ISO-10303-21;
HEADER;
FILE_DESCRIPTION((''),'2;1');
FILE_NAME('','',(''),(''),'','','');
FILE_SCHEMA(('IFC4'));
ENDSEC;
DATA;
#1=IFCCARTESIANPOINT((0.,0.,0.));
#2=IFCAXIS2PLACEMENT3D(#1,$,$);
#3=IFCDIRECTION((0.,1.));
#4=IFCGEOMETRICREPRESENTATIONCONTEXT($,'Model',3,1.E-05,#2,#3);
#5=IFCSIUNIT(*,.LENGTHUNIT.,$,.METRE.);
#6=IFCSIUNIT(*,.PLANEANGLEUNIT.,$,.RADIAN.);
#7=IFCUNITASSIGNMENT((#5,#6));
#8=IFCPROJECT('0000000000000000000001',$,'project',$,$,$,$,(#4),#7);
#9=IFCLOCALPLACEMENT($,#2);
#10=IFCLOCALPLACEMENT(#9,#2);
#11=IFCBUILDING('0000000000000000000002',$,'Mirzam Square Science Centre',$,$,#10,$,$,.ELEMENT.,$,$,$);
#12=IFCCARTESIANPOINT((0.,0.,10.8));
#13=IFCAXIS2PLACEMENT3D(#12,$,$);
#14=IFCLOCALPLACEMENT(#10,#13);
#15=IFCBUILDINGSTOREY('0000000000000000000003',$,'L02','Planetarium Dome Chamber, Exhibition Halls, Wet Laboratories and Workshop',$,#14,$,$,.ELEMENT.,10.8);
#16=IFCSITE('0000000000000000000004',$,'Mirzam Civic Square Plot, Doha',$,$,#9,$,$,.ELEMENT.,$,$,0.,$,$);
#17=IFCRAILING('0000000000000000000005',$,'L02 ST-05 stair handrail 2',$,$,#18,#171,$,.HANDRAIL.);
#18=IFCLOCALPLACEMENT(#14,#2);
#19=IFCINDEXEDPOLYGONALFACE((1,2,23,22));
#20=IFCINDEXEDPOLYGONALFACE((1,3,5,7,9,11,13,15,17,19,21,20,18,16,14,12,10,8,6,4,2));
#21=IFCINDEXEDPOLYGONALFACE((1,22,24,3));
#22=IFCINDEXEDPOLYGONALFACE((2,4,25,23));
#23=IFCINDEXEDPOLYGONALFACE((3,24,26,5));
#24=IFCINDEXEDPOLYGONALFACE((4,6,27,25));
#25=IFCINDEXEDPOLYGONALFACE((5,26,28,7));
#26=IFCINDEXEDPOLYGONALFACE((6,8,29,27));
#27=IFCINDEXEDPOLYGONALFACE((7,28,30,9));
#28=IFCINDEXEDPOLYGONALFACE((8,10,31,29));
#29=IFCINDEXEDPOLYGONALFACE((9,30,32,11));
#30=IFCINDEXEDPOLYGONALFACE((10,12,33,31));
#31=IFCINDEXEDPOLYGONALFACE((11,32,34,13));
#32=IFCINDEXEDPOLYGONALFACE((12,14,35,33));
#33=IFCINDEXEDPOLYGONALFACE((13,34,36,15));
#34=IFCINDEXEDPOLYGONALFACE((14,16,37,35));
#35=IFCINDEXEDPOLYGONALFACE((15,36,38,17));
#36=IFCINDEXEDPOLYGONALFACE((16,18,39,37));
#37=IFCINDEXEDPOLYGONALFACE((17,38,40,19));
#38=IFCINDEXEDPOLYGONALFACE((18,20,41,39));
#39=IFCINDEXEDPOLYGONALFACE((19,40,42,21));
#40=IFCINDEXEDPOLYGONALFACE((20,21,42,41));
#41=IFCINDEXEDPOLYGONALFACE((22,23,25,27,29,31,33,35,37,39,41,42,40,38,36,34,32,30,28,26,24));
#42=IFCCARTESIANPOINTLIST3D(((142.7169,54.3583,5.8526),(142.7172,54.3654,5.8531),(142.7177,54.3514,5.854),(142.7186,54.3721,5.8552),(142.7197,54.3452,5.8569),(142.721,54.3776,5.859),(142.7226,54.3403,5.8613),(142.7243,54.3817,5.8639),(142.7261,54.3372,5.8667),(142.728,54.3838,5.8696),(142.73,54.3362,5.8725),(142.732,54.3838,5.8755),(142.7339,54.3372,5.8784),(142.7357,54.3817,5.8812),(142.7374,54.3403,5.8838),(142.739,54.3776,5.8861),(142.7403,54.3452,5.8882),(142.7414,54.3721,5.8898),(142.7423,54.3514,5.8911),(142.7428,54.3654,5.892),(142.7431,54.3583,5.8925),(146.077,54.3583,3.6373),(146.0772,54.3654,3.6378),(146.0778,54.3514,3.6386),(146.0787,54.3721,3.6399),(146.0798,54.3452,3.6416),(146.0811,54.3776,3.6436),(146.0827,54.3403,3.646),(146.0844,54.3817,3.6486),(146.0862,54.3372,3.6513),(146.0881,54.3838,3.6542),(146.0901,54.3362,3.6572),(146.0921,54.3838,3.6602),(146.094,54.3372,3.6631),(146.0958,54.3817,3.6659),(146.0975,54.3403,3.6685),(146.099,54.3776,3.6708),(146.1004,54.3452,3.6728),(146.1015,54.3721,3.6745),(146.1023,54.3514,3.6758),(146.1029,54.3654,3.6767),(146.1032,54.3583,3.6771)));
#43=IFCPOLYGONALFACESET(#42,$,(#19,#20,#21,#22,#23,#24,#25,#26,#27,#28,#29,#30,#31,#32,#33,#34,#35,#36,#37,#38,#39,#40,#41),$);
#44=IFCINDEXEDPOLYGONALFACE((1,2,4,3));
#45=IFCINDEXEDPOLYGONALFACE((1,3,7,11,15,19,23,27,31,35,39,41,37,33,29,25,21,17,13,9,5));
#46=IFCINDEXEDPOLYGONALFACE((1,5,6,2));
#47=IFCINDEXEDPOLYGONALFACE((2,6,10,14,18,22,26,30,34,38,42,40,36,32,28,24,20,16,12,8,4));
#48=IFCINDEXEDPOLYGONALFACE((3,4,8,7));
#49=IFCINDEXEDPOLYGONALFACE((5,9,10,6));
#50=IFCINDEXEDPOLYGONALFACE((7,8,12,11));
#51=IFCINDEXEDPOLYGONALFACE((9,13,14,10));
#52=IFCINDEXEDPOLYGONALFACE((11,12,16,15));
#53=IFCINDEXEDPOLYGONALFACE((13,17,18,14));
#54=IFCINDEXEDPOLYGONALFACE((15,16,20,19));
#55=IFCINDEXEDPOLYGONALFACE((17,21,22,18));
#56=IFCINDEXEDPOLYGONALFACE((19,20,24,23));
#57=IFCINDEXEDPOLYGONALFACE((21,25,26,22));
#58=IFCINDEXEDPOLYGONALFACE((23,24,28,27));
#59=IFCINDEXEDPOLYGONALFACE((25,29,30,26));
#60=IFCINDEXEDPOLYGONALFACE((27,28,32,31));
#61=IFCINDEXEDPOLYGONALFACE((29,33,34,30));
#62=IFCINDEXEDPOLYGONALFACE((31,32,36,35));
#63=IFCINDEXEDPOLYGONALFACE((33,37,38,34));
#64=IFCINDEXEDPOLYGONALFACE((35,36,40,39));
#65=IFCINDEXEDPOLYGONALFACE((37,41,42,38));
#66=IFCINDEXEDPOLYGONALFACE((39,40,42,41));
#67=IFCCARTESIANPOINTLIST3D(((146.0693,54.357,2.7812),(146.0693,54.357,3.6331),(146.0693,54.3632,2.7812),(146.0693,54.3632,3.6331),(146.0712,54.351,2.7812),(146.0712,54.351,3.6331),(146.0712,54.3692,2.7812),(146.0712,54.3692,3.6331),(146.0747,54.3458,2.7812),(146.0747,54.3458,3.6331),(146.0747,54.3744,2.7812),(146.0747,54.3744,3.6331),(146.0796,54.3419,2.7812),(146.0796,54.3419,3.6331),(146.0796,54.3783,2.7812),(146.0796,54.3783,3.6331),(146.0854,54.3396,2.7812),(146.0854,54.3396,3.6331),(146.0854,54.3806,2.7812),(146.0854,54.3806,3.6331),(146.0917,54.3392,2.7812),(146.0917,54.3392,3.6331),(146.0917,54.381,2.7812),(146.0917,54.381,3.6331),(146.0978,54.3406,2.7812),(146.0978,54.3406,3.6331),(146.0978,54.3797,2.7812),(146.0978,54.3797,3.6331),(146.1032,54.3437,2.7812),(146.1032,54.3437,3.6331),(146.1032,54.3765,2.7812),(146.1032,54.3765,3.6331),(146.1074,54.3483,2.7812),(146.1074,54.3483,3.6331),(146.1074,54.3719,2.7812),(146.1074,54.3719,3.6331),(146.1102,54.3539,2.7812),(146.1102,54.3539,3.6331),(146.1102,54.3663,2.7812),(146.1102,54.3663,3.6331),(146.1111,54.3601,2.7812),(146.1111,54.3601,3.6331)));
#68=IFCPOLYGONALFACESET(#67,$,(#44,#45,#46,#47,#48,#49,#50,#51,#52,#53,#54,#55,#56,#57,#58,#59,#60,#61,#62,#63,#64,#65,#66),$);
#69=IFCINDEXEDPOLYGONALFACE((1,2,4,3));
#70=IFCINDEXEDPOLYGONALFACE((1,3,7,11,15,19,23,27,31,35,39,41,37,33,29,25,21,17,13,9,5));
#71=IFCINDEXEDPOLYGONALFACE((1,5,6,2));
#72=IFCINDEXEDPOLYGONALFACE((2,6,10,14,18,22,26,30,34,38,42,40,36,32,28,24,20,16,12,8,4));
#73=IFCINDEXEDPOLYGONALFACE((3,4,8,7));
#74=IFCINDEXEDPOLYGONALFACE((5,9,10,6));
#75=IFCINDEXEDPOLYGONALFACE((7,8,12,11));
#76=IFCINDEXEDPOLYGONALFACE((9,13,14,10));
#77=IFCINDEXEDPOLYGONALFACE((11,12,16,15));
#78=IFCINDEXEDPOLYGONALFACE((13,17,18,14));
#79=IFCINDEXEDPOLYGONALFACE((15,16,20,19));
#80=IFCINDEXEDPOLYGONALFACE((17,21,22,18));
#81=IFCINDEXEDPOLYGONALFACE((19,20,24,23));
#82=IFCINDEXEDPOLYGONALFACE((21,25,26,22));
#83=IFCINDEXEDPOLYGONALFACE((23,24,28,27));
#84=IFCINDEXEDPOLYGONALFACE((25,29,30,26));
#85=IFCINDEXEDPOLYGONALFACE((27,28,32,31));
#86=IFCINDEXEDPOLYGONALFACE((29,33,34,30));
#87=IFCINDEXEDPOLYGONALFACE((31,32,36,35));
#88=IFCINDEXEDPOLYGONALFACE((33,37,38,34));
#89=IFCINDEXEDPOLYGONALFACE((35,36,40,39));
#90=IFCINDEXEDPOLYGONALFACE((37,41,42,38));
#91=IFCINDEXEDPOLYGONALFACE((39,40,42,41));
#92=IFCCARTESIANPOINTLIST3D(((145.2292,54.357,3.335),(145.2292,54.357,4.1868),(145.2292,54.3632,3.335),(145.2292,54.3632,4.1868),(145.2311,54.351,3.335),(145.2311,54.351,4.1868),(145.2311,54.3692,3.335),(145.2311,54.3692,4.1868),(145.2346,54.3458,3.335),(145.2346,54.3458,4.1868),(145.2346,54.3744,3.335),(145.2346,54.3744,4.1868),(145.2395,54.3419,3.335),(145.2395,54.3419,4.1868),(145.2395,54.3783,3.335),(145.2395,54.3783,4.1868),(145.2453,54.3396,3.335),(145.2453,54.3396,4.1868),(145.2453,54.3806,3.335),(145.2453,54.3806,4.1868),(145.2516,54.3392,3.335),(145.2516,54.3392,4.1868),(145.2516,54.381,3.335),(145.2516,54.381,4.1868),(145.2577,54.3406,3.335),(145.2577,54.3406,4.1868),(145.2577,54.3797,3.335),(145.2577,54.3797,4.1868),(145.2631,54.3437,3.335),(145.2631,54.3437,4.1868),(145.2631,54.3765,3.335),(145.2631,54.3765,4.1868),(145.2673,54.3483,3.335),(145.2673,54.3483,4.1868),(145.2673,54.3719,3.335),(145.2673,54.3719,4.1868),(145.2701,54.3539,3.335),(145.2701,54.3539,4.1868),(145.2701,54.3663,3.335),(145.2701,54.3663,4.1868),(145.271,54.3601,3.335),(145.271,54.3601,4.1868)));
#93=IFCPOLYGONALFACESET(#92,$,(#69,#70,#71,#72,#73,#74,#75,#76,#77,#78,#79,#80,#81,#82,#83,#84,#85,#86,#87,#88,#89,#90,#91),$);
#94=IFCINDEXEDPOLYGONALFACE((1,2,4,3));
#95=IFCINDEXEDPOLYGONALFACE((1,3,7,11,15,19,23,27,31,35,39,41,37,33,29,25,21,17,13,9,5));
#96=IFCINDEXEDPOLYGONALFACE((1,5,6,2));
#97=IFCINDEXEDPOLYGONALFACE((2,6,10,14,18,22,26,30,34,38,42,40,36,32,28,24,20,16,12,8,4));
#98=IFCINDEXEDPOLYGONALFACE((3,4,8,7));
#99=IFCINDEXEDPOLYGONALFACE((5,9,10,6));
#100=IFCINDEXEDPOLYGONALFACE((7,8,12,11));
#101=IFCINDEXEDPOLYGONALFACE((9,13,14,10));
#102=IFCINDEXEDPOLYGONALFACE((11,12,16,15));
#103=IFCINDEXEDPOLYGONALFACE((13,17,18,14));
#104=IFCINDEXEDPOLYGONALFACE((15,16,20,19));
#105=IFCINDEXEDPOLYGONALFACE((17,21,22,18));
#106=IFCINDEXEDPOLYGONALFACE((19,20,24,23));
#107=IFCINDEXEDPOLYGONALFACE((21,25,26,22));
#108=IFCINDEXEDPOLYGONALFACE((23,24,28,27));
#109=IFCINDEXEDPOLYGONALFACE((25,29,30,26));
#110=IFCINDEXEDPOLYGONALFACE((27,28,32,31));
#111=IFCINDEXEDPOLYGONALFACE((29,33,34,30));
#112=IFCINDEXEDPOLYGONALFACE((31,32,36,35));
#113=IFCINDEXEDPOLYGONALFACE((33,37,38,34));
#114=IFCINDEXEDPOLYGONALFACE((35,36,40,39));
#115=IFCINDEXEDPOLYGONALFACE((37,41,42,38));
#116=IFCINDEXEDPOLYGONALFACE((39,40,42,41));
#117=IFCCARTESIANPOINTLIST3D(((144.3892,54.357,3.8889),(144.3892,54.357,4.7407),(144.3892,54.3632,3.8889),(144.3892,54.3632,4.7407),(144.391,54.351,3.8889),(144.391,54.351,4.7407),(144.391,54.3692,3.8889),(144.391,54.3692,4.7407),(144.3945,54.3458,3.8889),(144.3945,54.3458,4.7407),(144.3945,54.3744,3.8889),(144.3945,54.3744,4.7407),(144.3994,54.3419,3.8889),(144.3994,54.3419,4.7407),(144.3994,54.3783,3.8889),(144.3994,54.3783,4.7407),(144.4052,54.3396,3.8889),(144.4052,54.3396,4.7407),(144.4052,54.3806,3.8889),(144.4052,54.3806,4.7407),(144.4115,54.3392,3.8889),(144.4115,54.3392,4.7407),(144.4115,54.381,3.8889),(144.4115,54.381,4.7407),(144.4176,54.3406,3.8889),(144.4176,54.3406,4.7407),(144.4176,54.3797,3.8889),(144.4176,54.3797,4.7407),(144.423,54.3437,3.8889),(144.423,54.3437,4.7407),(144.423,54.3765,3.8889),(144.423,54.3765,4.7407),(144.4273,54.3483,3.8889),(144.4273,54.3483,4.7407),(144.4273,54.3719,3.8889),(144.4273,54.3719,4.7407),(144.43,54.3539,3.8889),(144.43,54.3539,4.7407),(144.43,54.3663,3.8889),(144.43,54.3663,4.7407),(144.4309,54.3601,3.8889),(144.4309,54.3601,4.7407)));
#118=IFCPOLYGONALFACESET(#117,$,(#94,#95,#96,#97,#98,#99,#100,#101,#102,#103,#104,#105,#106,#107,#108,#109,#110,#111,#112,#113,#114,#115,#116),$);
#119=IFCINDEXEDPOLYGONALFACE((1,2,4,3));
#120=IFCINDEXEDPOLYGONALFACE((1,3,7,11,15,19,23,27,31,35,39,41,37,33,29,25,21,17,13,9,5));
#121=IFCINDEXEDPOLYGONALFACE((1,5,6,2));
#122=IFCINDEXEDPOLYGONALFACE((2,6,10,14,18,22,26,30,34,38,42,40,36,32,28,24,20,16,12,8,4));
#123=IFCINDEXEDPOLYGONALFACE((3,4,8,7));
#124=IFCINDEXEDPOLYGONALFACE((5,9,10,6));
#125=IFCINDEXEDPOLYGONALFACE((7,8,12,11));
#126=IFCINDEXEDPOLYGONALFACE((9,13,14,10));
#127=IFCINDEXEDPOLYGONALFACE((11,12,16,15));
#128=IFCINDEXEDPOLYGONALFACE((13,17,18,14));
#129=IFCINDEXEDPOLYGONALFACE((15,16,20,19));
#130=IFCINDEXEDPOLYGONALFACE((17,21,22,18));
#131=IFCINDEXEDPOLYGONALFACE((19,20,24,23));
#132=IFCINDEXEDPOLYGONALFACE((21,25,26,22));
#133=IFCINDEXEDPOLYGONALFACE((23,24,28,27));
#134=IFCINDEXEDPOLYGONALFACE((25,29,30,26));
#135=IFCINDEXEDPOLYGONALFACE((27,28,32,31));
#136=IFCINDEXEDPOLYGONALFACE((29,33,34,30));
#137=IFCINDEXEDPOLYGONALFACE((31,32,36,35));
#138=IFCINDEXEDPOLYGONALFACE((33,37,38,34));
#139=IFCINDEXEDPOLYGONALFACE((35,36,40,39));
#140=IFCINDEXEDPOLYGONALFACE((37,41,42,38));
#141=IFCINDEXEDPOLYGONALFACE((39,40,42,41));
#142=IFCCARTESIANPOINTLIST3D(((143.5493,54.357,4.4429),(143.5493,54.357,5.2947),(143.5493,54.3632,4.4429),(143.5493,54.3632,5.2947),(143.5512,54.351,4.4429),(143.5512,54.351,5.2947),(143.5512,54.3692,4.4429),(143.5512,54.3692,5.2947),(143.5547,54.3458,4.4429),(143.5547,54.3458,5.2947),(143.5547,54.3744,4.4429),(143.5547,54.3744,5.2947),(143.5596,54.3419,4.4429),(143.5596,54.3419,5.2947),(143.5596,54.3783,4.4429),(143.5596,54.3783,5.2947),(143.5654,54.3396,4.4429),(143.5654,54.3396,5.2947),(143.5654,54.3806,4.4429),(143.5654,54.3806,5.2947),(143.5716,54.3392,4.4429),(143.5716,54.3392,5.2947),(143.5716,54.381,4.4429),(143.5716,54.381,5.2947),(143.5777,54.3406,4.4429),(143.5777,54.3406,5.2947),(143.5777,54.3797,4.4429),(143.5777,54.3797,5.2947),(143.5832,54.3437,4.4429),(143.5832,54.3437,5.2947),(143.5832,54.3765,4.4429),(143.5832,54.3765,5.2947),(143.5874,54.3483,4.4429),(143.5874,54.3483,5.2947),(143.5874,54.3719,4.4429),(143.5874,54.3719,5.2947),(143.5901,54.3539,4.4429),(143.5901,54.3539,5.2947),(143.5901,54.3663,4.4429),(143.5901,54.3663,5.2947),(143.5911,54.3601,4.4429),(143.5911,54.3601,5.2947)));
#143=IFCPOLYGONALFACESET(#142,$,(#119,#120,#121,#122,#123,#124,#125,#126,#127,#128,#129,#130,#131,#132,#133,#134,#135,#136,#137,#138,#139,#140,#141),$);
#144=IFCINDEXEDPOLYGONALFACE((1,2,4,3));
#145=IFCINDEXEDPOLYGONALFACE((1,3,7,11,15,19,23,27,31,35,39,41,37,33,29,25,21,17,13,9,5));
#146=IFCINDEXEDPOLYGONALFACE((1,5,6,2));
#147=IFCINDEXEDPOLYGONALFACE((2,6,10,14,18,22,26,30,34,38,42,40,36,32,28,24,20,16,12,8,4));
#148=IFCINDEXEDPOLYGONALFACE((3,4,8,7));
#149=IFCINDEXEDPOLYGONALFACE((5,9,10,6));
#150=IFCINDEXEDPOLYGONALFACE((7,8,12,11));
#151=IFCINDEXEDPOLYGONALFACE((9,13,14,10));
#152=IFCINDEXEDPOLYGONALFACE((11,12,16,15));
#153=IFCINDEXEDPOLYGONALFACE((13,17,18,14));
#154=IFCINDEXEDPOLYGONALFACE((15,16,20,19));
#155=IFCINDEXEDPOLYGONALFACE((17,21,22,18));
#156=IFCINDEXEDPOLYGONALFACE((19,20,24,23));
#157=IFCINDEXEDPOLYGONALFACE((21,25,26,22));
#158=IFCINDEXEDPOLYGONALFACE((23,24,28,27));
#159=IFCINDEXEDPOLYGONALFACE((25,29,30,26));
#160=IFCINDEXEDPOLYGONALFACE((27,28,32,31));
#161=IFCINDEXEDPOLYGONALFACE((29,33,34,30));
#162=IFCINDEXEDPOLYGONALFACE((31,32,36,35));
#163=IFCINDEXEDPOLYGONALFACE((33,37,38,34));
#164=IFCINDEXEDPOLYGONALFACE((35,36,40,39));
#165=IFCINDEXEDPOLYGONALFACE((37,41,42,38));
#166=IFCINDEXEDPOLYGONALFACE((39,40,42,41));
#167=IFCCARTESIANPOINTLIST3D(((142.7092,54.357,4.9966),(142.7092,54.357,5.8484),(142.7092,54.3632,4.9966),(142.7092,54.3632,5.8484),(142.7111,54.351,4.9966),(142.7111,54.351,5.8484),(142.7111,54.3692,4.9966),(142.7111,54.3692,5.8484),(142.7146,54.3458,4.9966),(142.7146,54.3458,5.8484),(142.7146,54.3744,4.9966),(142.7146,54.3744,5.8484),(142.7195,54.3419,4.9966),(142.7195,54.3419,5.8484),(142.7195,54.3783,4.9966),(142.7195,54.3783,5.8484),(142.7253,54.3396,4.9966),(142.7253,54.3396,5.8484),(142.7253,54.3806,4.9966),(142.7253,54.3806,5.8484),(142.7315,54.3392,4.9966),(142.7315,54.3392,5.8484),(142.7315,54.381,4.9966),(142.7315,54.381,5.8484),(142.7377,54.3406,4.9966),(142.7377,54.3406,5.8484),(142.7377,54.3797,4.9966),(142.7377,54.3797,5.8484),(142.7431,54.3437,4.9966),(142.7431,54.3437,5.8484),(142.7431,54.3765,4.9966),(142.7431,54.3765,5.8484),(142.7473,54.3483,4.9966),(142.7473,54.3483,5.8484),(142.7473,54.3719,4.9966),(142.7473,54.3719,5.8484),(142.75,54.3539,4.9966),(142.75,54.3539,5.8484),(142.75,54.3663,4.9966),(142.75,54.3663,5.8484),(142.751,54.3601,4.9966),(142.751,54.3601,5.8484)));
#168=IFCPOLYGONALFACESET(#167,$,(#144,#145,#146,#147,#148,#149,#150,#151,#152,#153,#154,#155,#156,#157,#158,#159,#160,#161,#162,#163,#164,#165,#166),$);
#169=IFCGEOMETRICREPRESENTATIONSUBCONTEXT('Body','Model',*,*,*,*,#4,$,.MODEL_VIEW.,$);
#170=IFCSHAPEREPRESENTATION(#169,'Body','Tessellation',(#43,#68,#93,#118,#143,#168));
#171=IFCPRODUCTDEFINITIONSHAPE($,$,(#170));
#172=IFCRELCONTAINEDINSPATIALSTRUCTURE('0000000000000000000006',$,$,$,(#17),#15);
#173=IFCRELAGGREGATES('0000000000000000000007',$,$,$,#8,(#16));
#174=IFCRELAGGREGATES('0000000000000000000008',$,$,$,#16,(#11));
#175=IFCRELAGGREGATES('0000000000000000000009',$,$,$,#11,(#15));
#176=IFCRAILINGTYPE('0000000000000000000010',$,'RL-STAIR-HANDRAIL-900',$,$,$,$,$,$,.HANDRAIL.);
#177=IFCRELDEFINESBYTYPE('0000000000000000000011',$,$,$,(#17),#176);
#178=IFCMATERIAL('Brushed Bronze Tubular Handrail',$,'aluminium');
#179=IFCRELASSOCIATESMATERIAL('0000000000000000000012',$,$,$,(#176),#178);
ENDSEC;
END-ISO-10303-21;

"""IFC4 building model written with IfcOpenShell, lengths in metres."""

from ifc_helpers import new_model, si_unit, direction, frame, origin, origin_2d, place, context, subcontext, project, spatial, circle, extrude, material, type_object, element, save


model = new_model("IFC4")

# Units and contexts
model_context = context("Model", 3, precision=1e-05, world=origin(), true_north=direction((0.0, 1.0)))
body_context = subcontext(model_context, "Body", "Model", "MODEL_VIEW")
ifc_project = project(units=[si_unit("LENGTHUNIT", "METRE"), si_unit("PLANEANGLEUNIT", "RADIAN")], contexts=[model_context])

# Site, building, storey
site_placement = place(None, origin())
site = spatial("IfcSite", under=ifc_project, at=site_placement, Name="Mirzam Civic Square Plot, Doha", CompositionType="ELEMENT", RefElevation=0.0)
building_placement = place(site_placement, origin())
building = spatial("IfcBuilding", under=site, at=building_placement, Name="Mirzam Square Science Centre", CompositionType="ELEMENT")
storey_placement = place(building_placement, frame((0.0, 0.0, 10.8)))
storey = spatial("IfcBuildingStorey", under=building, at=storey_placement, Name="L02", Description="Planetarium Dome Chamber, Exhibition Halls, Wet Laboratories and Workshop", CompositionType="ELEMENT", Elevation=10.8)

# Railing
ifc_material_1 = material(Name="Brushed Bronze Tubular Handrail", Category="aluminium")
railing_type_1 = type_object("IfcRailingType", Name="RL-STAIR-HANDRAIL-900", PredefinedType="HANDRAIL", material=ifc_material_1)
railing_1_placement = place(storey_placement, frame((146.0901, 54.3601, 2.7812)))
element("IfcRailing", 1, at=railing_1_placement, inside=storey, type_object=railing_type_1, Name="L02 ST-05 stair handrail 2", PredefinedType="HANDRAIL", context=body_context, shape_type="SweptSolid", body=[
    extrude(circle(Radius=0.0239, at=origin_2d()), frame((0.0, 0.0, 0.876), z_axis=(-0.834876, 0.0, 0.550437), x_axis=(0.0, -1.0, 0.0)), (0.0, 0.0, 1.0), 4.0247),
    extrude(circle(Radius=0.021, at=origin_2d()), origin(), (0.0, 0.0, 1.0), 0.8518),
    extrude(circle(Radius=0.021, at=origin_2d()), frame((-0.8401, 0.0, 0.5537)), (0.0, 0.0, 1.0), 0.8518),
    extrude(circle(Radius=0.021, at=origin_2d()), frame((-1.6802, 0.0, 1.1077)), (0.0, 0.0, 1.0), 0.8518),
    extrude(circle(Radius=0.021, at=origin_2d()), frame((-2.52, 0.0, 1.6616)), (0.0, 0.0, 1.0), 0.8518),
    extrude(circle(Radius=0.021, at=origin_2d()), frame((-3.3601, 0.0, 2.2153)), (0.0, 0.0, 1.0), 0.8518),
])

save(model, "model.ifc")
